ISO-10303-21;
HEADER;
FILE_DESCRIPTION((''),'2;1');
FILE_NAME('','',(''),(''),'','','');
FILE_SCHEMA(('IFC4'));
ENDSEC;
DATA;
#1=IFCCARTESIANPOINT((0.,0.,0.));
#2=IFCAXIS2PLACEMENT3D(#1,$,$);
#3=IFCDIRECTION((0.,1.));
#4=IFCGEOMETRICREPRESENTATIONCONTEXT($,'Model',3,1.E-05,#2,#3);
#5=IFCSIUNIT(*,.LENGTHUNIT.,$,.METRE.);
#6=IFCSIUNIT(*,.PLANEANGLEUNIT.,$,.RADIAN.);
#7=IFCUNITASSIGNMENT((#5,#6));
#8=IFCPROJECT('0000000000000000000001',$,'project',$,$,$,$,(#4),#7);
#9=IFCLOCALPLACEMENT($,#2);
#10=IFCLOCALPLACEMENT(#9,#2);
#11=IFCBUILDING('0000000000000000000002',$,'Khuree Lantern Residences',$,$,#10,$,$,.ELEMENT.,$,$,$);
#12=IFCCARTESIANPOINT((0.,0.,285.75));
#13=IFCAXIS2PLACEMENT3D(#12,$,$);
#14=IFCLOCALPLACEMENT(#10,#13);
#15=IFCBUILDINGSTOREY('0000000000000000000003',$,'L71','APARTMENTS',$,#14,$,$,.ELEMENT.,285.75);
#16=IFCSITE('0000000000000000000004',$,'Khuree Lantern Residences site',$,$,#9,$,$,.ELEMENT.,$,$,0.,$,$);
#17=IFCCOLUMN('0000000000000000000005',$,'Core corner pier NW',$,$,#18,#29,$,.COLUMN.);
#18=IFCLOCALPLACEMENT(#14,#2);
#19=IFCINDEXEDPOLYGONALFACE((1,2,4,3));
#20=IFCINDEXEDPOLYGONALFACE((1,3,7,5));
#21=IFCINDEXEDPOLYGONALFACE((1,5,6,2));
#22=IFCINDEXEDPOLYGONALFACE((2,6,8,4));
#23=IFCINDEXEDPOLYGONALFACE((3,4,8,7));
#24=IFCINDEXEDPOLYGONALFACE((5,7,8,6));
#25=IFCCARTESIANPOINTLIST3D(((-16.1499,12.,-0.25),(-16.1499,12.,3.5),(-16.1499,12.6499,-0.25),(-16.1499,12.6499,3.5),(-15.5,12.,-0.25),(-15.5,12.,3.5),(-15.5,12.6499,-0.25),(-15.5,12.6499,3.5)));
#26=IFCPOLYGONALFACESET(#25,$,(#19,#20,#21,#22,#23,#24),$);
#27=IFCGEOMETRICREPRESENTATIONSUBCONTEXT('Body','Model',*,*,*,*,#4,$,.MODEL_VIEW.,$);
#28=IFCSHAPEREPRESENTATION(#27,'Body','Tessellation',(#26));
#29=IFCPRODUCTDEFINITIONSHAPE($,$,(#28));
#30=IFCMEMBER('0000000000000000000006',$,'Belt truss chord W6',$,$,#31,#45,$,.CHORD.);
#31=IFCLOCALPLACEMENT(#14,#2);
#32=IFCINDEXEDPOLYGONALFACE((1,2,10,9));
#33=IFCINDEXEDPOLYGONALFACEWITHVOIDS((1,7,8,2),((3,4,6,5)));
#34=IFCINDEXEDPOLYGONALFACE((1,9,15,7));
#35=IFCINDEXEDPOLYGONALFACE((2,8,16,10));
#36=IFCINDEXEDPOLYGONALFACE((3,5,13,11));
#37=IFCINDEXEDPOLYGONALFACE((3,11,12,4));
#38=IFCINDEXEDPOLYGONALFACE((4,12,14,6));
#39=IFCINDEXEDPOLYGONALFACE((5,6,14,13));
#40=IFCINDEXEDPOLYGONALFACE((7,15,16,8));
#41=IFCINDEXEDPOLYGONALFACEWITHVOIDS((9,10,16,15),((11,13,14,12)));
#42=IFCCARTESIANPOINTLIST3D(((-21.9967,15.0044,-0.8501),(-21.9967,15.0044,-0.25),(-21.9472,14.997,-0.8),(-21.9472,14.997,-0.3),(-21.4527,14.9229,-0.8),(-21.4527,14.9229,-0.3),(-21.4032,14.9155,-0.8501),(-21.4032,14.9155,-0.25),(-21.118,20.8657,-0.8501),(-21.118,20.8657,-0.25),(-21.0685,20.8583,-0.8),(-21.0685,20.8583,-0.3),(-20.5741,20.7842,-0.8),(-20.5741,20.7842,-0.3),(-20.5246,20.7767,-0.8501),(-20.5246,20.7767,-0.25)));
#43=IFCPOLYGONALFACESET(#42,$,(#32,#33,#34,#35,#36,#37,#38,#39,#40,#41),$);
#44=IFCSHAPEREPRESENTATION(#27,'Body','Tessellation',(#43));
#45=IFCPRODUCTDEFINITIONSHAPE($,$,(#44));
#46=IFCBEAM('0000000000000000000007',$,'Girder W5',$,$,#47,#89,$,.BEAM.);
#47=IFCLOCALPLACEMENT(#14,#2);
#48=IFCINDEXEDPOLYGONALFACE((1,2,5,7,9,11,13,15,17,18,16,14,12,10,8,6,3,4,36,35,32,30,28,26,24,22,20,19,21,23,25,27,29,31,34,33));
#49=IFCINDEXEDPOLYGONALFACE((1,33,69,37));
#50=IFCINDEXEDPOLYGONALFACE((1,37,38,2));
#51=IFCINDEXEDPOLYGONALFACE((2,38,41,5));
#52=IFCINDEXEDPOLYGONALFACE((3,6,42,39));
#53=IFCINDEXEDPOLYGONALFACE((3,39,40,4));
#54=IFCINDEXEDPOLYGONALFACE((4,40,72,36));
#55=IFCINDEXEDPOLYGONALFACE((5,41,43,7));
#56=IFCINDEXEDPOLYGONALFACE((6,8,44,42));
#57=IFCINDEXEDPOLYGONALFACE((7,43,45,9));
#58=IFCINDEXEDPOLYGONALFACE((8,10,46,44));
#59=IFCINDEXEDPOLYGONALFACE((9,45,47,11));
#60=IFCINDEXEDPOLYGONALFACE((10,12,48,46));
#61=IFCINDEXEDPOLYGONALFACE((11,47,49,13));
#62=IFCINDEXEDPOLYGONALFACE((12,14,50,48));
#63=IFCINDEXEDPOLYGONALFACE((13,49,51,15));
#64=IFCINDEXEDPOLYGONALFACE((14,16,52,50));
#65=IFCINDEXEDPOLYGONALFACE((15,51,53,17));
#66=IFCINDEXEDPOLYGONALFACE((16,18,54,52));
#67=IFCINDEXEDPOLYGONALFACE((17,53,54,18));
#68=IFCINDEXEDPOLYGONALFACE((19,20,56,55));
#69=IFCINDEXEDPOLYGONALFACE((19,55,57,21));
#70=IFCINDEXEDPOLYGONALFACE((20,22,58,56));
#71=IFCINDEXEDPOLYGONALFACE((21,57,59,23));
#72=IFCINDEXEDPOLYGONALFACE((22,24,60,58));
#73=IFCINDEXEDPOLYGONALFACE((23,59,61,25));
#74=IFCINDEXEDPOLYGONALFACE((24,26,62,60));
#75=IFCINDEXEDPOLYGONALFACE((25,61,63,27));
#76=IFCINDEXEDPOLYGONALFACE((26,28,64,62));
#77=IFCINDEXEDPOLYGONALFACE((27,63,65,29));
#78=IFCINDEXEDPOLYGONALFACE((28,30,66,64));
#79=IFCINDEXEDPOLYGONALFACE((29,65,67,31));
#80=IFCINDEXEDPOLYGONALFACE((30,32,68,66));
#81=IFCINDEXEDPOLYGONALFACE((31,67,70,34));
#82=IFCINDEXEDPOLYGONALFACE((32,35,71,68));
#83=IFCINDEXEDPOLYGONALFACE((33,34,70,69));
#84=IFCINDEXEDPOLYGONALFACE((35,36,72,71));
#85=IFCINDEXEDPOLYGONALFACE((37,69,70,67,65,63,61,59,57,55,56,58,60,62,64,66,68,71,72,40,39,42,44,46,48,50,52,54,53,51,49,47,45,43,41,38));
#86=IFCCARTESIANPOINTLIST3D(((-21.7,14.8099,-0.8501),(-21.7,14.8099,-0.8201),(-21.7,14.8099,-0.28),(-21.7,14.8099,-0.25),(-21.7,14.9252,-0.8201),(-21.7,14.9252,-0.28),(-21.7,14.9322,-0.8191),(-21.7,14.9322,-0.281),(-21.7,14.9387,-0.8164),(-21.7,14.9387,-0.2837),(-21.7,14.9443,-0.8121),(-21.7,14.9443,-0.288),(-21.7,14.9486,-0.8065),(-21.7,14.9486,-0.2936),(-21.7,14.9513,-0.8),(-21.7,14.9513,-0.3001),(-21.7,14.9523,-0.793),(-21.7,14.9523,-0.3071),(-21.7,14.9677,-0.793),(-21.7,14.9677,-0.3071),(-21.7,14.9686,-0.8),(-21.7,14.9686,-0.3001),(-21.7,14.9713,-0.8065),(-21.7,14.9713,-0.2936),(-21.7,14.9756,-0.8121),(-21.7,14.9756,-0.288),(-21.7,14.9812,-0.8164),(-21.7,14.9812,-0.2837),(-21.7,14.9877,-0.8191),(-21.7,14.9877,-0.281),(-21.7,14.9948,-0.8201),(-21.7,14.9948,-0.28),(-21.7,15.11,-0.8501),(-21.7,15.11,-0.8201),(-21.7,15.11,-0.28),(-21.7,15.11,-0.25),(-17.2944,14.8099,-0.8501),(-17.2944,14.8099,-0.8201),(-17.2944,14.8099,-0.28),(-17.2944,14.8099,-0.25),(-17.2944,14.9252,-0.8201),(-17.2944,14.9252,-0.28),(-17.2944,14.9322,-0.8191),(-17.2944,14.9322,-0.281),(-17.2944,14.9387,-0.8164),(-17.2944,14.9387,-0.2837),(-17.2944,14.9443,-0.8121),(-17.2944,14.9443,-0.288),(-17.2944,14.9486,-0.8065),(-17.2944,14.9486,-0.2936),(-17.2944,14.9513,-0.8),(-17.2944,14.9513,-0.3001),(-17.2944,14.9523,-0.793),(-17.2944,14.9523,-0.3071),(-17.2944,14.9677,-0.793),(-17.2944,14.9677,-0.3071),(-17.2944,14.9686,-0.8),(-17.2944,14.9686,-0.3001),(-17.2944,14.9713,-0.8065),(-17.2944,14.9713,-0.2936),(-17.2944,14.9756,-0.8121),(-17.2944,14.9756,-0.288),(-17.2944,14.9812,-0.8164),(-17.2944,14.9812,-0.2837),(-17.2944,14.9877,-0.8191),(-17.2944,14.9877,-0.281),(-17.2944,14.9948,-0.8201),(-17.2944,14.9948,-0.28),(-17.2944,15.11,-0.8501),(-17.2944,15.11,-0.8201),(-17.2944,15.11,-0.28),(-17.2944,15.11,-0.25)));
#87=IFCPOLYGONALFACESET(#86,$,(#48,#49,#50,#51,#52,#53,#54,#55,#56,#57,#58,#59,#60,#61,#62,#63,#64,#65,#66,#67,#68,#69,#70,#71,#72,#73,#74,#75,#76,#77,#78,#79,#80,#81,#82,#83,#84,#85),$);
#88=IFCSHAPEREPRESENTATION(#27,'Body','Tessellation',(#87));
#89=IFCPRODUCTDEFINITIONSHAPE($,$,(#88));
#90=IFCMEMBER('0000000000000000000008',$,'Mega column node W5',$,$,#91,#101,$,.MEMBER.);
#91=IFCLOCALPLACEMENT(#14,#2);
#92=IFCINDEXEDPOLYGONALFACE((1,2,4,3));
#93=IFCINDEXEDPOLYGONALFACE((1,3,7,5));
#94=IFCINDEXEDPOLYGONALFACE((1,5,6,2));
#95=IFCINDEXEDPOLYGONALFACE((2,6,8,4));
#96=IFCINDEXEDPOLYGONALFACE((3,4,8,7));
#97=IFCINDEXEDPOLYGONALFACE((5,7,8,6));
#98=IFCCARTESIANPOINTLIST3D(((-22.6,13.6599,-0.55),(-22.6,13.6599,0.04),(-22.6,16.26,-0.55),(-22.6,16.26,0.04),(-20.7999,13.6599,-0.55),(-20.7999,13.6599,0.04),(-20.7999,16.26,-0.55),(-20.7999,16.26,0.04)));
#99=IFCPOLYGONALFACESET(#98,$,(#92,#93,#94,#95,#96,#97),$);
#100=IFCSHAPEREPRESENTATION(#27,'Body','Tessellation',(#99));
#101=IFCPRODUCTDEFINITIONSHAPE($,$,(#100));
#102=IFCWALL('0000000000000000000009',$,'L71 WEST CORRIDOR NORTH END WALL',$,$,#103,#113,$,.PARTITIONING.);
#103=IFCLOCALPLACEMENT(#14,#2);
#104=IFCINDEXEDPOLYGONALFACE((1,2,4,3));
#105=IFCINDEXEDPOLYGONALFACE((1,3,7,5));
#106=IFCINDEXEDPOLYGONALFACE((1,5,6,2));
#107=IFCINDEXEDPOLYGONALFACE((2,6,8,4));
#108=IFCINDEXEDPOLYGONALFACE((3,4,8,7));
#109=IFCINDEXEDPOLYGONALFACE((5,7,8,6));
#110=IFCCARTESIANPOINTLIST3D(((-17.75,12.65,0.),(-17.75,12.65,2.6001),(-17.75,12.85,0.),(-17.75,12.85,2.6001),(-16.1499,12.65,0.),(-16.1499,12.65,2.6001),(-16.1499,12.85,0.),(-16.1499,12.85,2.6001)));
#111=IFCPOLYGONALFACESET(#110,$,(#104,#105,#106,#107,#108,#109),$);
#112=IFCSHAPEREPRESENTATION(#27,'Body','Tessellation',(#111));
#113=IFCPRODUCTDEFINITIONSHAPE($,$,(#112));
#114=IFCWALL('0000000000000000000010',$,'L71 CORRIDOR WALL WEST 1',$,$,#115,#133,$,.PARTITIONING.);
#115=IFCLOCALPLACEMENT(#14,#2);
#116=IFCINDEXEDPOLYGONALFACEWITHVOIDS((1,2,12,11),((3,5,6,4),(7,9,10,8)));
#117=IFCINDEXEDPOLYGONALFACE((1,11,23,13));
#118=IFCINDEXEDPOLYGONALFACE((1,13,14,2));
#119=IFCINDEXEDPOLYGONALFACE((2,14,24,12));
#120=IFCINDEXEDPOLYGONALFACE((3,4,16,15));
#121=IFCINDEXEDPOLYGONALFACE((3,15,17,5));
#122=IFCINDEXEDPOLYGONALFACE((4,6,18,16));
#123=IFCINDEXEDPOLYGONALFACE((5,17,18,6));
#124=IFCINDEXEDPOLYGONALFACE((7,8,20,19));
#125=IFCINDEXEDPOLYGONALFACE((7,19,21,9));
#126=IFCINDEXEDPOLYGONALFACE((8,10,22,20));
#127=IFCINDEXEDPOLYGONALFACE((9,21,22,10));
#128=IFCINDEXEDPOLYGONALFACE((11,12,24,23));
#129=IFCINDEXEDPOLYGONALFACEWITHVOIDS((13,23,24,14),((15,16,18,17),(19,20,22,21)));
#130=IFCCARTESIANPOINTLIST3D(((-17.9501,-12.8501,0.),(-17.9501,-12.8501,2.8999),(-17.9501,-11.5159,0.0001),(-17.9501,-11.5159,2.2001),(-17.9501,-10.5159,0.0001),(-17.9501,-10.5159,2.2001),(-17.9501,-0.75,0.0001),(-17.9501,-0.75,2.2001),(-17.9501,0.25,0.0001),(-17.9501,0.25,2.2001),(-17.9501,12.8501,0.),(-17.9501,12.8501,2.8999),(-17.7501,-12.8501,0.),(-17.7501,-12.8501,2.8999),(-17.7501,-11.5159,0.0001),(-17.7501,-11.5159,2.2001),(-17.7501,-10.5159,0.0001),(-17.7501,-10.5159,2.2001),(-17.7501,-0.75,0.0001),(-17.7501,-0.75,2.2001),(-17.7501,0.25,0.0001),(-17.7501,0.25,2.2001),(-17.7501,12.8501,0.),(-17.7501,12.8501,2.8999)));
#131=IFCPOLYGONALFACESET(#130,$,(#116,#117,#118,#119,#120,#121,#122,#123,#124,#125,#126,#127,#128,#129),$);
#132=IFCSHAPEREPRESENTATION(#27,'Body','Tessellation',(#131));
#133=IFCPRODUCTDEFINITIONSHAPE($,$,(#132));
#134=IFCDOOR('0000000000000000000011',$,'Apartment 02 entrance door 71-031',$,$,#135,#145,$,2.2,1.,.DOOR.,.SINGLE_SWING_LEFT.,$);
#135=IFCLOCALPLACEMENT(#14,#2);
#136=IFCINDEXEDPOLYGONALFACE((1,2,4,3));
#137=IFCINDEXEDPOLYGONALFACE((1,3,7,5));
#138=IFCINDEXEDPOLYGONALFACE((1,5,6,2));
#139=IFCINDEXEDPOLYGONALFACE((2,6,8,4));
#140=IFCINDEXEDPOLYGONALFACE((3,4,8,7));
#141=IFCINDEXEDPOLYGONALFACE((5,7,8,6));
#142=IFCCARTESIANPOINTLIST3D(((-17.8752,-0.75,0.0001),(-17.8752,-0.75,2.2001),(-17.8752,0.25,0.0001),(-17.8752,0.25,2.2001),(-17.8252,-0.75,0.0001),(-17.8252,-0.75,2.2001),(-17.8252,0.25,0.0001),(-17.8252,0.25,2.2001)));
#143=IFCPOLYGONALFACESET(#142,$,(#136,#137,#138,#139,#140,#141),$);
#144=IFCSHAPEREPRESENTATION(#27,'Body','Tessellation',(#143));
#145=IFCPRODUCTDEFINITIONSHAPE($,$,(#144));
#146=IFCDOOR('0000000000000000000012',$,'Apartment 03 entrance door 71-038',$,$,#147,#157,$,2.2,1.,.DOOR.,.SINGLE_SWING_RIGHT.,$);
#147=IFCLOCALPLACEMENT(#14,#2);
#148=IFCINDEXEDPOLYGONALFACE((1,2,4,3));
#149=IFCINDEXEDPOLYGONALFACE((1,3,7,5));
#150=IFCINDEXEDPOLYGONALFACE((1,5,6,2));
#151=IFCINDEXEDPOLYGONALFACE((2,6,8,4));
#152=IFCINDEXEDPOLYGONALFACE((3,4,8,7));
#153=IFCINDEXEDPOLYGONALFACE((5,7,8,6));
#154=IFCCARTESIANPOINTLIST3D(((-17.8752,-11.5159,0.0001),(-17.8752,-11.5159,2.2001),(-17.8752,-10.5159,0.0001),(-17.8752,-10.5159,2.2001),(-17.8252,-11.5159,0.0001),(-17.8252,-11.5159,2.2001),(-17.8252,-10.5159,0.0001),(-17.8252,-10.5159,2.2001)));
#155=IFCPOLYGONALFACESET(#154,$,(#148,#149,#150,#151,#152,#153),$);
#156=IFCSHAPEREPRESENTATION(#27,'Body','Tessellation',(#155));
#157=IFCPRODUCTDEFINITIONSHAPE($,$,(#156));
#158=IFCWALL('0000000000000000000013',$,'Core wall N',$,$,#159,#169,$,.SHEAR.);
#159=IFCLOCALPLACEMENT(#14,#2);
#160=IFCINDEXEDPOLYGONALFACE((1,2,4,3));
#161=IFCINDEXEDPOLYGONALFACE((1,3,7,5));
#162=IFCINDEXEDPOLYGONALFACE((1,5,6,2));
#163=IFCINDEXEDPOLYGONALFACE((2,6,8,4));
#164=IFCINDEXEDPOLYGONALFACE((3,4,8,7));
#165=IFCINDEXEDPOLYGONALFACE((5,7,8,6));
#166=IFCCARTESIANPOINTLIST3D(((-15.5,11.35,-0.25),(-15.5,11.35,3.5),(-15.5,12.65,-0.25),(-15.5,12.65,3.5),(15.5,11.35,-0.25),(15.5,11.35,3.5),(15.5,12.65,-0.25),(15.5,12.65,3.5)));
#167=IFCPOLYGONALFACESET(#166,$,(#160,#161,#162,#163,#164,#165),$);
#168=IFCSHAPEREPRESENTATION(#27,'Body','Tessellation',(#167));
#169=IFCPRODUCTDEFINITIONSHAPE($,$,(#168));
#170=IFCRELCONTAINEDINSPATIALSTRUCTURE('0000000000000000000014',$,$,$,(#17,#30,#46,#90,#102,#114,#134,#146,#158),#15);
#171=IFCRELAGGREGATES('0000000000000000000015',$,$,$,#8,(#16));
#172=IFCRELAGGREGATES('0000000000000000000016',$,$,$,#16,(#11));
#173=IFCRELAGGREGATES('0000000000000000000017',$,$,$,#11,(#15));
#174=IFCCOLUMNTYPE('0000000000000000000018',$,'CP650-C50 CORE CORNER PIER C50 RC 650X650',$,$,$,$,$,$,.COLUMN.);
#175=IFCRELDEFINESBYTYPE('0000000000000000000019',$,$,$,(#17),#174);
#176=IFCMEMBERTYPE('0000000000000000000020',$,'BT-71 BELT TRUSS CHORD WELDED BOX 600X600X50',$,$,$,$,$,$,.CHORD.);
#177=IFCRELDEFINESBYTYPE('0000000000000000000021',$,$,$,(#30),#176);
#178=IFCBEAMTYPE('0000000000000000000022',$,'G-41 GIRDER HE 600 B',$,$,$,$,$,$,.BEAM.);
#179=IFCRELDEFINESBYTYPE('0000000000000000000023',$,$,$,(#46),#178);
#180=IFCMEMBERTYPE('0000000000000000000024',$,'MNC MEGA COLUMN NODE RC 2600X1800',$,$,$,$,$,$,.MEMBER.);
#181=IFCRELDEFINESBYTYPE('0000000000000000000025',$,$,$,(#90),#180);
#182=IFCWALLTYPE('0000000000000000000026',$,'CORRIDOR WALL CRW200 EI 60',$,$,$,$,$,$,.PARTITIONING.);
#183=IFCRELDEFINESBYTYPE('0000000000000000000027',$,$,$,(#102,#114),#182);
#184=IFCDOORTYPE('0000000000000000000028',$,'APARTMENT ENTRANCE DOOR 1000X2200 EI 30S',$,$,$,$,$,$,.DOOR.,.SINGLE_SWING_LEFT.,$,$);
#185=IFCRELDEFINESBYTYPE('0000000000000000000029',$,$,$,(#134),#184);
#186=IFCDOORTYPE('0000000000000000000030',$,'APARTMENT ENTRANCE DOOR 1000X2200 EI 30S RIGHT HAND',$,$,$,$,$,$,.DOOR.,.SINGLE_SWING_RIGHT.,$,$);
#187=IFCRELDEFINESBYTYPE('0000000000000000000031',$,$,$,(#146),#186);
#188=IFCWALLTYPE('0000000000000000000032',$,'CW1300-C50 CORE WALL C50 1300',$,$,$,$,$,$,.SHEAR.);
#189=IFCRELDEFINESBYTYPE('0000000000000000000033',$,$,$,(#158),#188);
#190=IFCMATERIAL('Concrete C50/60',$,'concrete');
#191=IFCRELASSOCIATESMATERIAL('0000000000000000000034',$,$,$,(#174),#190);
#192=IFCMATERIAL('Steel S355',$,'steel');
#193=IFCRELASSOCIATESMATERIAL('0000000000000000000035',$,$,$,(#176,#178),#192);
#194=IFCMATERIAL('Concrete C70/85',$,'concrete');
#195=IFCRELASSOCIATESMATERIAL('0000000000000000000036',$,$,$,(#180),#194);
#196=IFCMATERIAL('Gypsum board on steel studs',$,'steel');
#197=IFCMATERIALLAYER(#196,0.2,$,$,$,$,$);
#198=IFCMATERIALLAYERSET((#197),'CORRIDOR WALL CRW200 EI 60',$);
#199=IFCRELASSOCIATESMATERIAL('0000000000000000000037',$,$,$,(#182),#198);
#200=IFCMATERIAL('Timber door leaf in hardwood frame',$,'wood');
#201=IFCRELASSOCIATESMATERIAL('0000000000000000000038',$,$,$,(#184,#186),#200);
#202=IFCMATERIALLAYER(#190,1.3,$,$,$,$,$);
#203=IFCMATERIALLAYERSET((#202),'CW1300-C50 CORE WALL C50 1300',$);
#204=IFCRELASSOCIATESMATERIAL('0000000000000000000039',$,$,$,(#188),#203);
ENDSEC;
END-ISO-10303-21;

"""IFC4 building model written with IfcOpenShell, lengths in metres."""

from ifc_helpers import new_model, si_unit, direction, frame, frame_2d, origin, origin_2d, place, context, subcontext, project, spatial, rectangle, hollow_rectangle, i_section, extrude, material, layer, layer_set, material_profile, profile_set, type_object, element, fill, save


model = new_model("IFC4")

# Units and contexts
model_context = context("Model", 3, precision=1e-05, world=origin(), true_north=direction((0.0, 1.0)))
body_context = subcontext(model_context, "Body", "Model", "MODEL_VIEW")
ifc_project = project(units=[si_unit("LENGTHUNIT", "METRE"), si_unit("PLANEANGLEUNIT", "RADIAN")], contexts=[model_context])

# Site, building, storey
site_placement = place(None, origin())
site = spatial("IfcSite", under=ifc_project, at=site_placement, Name="Khuree Lantern Residences site", CompositionType="ELEMENT", RefElevation=0.0)
building_placement = place(site_placement, origin())
building = spatial("IfcBuilding", under=site, at=building_placement, Name="Khuree Lantern Residences", CompositionType="ELEMENT")
storey_placement = place(building_placement, frame((0.0, 0.0, 285.75)))
storey = spatial("IfcBuildingStorey", under=building, at=storey_placement, Name="L71", Description="APARTMENTS", CompositionType="ELEMENT", Elevation=285.75)

# Column
ifc_material_1 = material(Name="Concrete C50/60", Category="concrete")
ifc_material_profile_1 = material_profile(ifc_material_1, rectangle(XDim=0.6499, YDim=0.6499, at=origin_2d()), Name="RC 650X650")
ifc_profile_set_1 = profile_set([ifc_material_profile_1], Name="Concrete C50/60")
column_type = type_object("IfcColumnType", Name="CP650-C50 CORE CORNER PIER C50 RC 650X650", PredefinedType="COLUMN", material=ifc_profile_set_1)
column_placement = place(storey_placement, frame((-15.825, 12.325, -0.25), z_axis=(0.0, 0.0, 1.0), x_axis=(1.0, 0.0, 0.0)))
element("IfcColumn", 1, at=column_placement, inside=storey, type_object=column_type, Name="Core corner pier NW", PredefinedType="COLUMN", context=body_context, shape_type="SweptSolid", body=[
    extrude(rectangle(XDim=0.6499, YDim=0.6499, at=origin_2d()), origin(), (0.0, 0.0, 1.0), 3.75),
])

# Member
ifc_material_2 = material(Name="Steel S355", Category="steel")
ifc_material_profile_2 = material_profile(ifc_material_2, hollow_rectangle(XDim=0.6001, YDim=0.6001, WallThickness=0.05, at=origin_2d()), Name="WELDED BOX 600X600X50")
ifc_profile_set_2 = profile_set([ifc_material_profile_2], Name="Steel S355")
member_type_1 = type_object("IfcMemberType", Name="BT-71 BELT TRUSS CHORD WELDED BOX 600X600X50", PredefinedType="CHORD", material=ifc_profile_set_2)
member_1_placement = place(storey_placement, frame((-21.7, 14.96, -0.55), z_axis=(0.148252, 0.98895, 0.0), x_axis=(-0.98895, 0.148252, 0.0)))
element("IfcMember", 2, at=member_1_placement, inside=storey, type_object=member_type_1, Name="Belt truss chord W6", PredefinedType="CHORD", context=body_context, shape_type="SweptSolid", body=[
    extrude(hollow_rectangle(XDim=0.6001, YDim=0.6001, WallThickness=0.05, at=origin_2d()), origin(), (0.0, 0.0, 1.0), 5.9268),
])

# Beam
ifc_material_profile_3 = material_profile(ifc_material_2, i_section(OverallWidth=0.3, OverallDepth=0.6001, WebThickness=0.0154, FlangeThickness=0.03, FilletRadius=0.0271, at=origin_2d()), Name="HE 600 B")
ifc_profile_set_3 = profile_set([ifc_material_profile_3], Name="Steel S355")
beam_type = type_object("IfcBeamType", Name="G-41 GIRDER HE 600 B", PredefinedType="BEAM", material=ifc_profile_set_3)
beam_placement = place(storey_placement, frame((-21.7, 14.96, -0.55), z_axis=(1.0, 0.0, 0.0), x_axis=(0.0, 1.0, 0.0)))
element("IfcBeam", 3, at=beam_placement, inside=storey, type_object=beam_type, Name="Girder W5", PredefinedType="BEAM", context=body_context, shape_type="SweptSolid", body=[
    extrude(i_section(OverallWidth=0.3, OverallDepth=0.6001, WebThickness=0.0154, FlangeThickness=0.03, FilletRadius=0.0271, at=origin_2d()), origin(), (0.0, 0.0, 1.0), 4.4055),
])

# Member
ifc_material_3 = material(Name="Concrete C70/85", Category="concrete")
ifc_material_profile_4 = material_profile(ifc_material_3, rectangle(XDim=2.6001, YDim=1.8, at=origin_2d()), Name="RC 2600X1800")
ifc_profile_set_4 = profile_set([ifc_material_profile_4], Name="Concrete C70/85")
member_type_2 = type_object("IfcMemberType", Name="MNC MEGA COLUMN NODE RC 2600X1800", PredefinedType="MEMBER", material=ifc_profile_set_4)
member_2_placement = place(storey_placement, frame((-21.7, 14.96, -0.55), z_axis=(0.0, 0.0, 1.0), x_axis=(0.0, 1.0, 0.0)))
element("IfcMember", 4, at=member_2_placement, inside=storey, type_object=member_type_2, Name="Mega column node W5", PredefinedType="MEMBER", context=body_context, shape_type="SweptSolid", body=[
    extrude(rectangle(XDim=2.6001, YDim=1.8, at=origin_2d()), origin(), (0.0, 0.0, 1.0), 0.5901),
])

# Wall
ifc_material_4 = material(Name="Gypsum board on steel studs", Category="steel")
ifc_layer_1 = layer(ifc_material_4, 0.2)
ifc_layer_set_1 = layer_set([ifc_layer_1], Name="CORRIDOR WALL CRW200 EI 60")
wall_type_1 = type_object("IfcWallType", Name="CORRIDOR WALL CRW200 EI 60", PredefinedType="PARTITIONING", material=ifc_layer_set_1)
wall_1_placement = place(storey_placement, frame((-16.1499, 12.75, 0.0), z_axis=(0.0, 0.0, 1.0), x_axis=(-1.0, 0.0, 0.0)))
element("IfcWall", 5, at=wall_1_placement, inside=storey, type_object=wall_type_1, Name="L71 WEST CORRIDOR NORTH END WALL", PredefinedType="PARTITIONING", context=body_context, shape_type="SweptSolid", body=[
    extrude(rectangle(XDim=1.6001, YDim=0.2, at=frame_2d((0.8, 0.0))), origin(), (0.0, 0.0, 1.0), 2.6001),
])

# Wall, openings, doors
wall_2_placement = place(storey_placement, frame((-17.8501, 12.8501, 0.0), z_axis=(0.0, 0.0, 1.0), x_axis=(0.0, -1.0, 0.0)))
wall_2 = element("IfcWall", 6, at=wall_2_placement, inside=storey, type_object=wall_type_1, Name="L71 CORRIDOR WALL WEST 1", PredefinedType="PARTITIONING", context=body_context, shape_type="SweptSolid", body=[
    extrude(rectangle(XDim=25.7002, YDim=0.2, at=frame_2d((12.8501, 0.0))), origin(), (0.0, 0.0, 1.0), 2.8999),
])
opening_1_placement = place(wall_2_placement, frame((12.6001, 0.0, 0.0)))
opening_1 = element("IfcOpeningElement", 7, at=opening_1_placement, cuts=wall_2, PredefinedType="OPENING", context=body_context, shape_type="SweptSolid", body=[
    extrude(rectangle(XDim=1.0, YDim=2.2, at=frame_2d((0.5, 1.1001))), frame((0.0, 0.1099, 0.0), z_axis=(0.0, -1.0, 0.0), x_axis=(1.0, 0.0, 0.0)), (0.0, 0.0, 1.0), 0.22),
])
opening_2_placement = place(wall_2_placement, frame((23.366, 0.0, 0.0)))
opening_2 = element("IfcOpeningElement", 8, at=opening_2_placement, cuts=wall_2, PredefinedType="OPENING", context=body_context, shape_type="SweptSolid", body=[
    extrude(rectangle(XDim=1.0, YDim=2.2, at=frame_2d((0.5, 1.1001))), frame((0.0, 0.1099, 0.0), z_axis=(0.0, -1.0, 0.0), x_axis=(1.0, 0.0, 0.0)), (0.0, 0.0, 1.0), 0.22),
])
ifc_material_5 = material(Name="Timber door leaf in hardwood frame", Category="wood")
door_type_1 = type_object("IfcDoorType", Name="APARTMENT ENTRANCE DOOR 1000X2200 EI 30S", OperationType="SINGLE_SWING_LEFT", PredefinedType="DOOR", material=ifc_material_5)
door_1_placement = place(opening_1_placement, origin())
door_1 = element("IfcDoor", 9, at=door_1_placement, inside=storey, type_object=door_type_1, Name="Apartment 02 entrance door 71-031", OperationType="SINGLE_SWING_LEFT", OverallHeight=2.2, OverallWidth=1.0, PredefinedType="DOOR", context=body_context, shape_type="SweptSolid", body=[
    extrude(rectangle(XDim=1.0, YDim=2.2, at=frame_2d((0.5, 1.1001))), frame((0.0, 0.0249, 0.0), z_axis=(0.0, -1.0, 0.0), x_axis=(1.0, 0.0, 0.0)), (0.0, 0.0, 1.0), 0.05),
])
fill(opening_1, door_1)
door_type_2 = type_object("IfcDoorType", Name="APARTMENT ENTRANCE DOOR 1000X2200 EI 30S RIGHT HAND", OperationType="SINGLE_SWING_RIGHT", PredefinedType="DOOR", material=ifc_material_5)
door_2_placement = place(opening_2_placement, origin())
door_2 = element("IfcDoor", 10, at=door_2_placement, inside=storey, type_object=door_type_2, Name="Apartment 03 entrance door 71-038", OperationType="SINGLE_SWING_RIGHT", OverallHeight=2.2, OverallWidth=1.0, PredefinedType="DOOR", context=body_context, shape_type="SweptSolid", body=[
    extrude(rectangle(XDim=1.0, YDim=2.2, at=frame_2d((0.5, 1.1001))), frame((0.0, 0.0249, 0.0), z_axis=(0.0, -1.0, 0.0), x_axis=(1.0, 0.0, 0.0)), (0.0, 0.0, 1.0), 0.05),
])
fill(opening_2, door_2)

# Wall
ifc_layer_2 = layer(ifc_material_1, 1.3)
ifc_layer_set_2 = layer_set([ifc_layer_2], Name="CW1300-C50 CORE WALL C50 1300")
wall_type_2 = type_object("IfcWallType", Name="CW1300-C50 CORE WALL C50 1300", PredefinedType="SHEAR", material=ifc_layer_set_2)
wall_3_placement = place(storey_placement, frame((-15.5, 12.0, -0.25), z_axis=(0.0, 0.0, 1.0), x_axis=(1.0, 0.0, 0.0)))
element("IfcWall", 11, at=wall_3_placement, inside=storey, type_object=wall_type_2, Name="Core wall N", PredefinedType="SHEAR", context=body_context, shape_type="SweptSolid", body=[
    extrude(rectangle(XDim=31.0, YDim=1.3, at=frame_2d((15.5, 0.0))), origin(), (0.0, 0.0, 1.0), 3.75),
])

save(model, "model.ifc")
